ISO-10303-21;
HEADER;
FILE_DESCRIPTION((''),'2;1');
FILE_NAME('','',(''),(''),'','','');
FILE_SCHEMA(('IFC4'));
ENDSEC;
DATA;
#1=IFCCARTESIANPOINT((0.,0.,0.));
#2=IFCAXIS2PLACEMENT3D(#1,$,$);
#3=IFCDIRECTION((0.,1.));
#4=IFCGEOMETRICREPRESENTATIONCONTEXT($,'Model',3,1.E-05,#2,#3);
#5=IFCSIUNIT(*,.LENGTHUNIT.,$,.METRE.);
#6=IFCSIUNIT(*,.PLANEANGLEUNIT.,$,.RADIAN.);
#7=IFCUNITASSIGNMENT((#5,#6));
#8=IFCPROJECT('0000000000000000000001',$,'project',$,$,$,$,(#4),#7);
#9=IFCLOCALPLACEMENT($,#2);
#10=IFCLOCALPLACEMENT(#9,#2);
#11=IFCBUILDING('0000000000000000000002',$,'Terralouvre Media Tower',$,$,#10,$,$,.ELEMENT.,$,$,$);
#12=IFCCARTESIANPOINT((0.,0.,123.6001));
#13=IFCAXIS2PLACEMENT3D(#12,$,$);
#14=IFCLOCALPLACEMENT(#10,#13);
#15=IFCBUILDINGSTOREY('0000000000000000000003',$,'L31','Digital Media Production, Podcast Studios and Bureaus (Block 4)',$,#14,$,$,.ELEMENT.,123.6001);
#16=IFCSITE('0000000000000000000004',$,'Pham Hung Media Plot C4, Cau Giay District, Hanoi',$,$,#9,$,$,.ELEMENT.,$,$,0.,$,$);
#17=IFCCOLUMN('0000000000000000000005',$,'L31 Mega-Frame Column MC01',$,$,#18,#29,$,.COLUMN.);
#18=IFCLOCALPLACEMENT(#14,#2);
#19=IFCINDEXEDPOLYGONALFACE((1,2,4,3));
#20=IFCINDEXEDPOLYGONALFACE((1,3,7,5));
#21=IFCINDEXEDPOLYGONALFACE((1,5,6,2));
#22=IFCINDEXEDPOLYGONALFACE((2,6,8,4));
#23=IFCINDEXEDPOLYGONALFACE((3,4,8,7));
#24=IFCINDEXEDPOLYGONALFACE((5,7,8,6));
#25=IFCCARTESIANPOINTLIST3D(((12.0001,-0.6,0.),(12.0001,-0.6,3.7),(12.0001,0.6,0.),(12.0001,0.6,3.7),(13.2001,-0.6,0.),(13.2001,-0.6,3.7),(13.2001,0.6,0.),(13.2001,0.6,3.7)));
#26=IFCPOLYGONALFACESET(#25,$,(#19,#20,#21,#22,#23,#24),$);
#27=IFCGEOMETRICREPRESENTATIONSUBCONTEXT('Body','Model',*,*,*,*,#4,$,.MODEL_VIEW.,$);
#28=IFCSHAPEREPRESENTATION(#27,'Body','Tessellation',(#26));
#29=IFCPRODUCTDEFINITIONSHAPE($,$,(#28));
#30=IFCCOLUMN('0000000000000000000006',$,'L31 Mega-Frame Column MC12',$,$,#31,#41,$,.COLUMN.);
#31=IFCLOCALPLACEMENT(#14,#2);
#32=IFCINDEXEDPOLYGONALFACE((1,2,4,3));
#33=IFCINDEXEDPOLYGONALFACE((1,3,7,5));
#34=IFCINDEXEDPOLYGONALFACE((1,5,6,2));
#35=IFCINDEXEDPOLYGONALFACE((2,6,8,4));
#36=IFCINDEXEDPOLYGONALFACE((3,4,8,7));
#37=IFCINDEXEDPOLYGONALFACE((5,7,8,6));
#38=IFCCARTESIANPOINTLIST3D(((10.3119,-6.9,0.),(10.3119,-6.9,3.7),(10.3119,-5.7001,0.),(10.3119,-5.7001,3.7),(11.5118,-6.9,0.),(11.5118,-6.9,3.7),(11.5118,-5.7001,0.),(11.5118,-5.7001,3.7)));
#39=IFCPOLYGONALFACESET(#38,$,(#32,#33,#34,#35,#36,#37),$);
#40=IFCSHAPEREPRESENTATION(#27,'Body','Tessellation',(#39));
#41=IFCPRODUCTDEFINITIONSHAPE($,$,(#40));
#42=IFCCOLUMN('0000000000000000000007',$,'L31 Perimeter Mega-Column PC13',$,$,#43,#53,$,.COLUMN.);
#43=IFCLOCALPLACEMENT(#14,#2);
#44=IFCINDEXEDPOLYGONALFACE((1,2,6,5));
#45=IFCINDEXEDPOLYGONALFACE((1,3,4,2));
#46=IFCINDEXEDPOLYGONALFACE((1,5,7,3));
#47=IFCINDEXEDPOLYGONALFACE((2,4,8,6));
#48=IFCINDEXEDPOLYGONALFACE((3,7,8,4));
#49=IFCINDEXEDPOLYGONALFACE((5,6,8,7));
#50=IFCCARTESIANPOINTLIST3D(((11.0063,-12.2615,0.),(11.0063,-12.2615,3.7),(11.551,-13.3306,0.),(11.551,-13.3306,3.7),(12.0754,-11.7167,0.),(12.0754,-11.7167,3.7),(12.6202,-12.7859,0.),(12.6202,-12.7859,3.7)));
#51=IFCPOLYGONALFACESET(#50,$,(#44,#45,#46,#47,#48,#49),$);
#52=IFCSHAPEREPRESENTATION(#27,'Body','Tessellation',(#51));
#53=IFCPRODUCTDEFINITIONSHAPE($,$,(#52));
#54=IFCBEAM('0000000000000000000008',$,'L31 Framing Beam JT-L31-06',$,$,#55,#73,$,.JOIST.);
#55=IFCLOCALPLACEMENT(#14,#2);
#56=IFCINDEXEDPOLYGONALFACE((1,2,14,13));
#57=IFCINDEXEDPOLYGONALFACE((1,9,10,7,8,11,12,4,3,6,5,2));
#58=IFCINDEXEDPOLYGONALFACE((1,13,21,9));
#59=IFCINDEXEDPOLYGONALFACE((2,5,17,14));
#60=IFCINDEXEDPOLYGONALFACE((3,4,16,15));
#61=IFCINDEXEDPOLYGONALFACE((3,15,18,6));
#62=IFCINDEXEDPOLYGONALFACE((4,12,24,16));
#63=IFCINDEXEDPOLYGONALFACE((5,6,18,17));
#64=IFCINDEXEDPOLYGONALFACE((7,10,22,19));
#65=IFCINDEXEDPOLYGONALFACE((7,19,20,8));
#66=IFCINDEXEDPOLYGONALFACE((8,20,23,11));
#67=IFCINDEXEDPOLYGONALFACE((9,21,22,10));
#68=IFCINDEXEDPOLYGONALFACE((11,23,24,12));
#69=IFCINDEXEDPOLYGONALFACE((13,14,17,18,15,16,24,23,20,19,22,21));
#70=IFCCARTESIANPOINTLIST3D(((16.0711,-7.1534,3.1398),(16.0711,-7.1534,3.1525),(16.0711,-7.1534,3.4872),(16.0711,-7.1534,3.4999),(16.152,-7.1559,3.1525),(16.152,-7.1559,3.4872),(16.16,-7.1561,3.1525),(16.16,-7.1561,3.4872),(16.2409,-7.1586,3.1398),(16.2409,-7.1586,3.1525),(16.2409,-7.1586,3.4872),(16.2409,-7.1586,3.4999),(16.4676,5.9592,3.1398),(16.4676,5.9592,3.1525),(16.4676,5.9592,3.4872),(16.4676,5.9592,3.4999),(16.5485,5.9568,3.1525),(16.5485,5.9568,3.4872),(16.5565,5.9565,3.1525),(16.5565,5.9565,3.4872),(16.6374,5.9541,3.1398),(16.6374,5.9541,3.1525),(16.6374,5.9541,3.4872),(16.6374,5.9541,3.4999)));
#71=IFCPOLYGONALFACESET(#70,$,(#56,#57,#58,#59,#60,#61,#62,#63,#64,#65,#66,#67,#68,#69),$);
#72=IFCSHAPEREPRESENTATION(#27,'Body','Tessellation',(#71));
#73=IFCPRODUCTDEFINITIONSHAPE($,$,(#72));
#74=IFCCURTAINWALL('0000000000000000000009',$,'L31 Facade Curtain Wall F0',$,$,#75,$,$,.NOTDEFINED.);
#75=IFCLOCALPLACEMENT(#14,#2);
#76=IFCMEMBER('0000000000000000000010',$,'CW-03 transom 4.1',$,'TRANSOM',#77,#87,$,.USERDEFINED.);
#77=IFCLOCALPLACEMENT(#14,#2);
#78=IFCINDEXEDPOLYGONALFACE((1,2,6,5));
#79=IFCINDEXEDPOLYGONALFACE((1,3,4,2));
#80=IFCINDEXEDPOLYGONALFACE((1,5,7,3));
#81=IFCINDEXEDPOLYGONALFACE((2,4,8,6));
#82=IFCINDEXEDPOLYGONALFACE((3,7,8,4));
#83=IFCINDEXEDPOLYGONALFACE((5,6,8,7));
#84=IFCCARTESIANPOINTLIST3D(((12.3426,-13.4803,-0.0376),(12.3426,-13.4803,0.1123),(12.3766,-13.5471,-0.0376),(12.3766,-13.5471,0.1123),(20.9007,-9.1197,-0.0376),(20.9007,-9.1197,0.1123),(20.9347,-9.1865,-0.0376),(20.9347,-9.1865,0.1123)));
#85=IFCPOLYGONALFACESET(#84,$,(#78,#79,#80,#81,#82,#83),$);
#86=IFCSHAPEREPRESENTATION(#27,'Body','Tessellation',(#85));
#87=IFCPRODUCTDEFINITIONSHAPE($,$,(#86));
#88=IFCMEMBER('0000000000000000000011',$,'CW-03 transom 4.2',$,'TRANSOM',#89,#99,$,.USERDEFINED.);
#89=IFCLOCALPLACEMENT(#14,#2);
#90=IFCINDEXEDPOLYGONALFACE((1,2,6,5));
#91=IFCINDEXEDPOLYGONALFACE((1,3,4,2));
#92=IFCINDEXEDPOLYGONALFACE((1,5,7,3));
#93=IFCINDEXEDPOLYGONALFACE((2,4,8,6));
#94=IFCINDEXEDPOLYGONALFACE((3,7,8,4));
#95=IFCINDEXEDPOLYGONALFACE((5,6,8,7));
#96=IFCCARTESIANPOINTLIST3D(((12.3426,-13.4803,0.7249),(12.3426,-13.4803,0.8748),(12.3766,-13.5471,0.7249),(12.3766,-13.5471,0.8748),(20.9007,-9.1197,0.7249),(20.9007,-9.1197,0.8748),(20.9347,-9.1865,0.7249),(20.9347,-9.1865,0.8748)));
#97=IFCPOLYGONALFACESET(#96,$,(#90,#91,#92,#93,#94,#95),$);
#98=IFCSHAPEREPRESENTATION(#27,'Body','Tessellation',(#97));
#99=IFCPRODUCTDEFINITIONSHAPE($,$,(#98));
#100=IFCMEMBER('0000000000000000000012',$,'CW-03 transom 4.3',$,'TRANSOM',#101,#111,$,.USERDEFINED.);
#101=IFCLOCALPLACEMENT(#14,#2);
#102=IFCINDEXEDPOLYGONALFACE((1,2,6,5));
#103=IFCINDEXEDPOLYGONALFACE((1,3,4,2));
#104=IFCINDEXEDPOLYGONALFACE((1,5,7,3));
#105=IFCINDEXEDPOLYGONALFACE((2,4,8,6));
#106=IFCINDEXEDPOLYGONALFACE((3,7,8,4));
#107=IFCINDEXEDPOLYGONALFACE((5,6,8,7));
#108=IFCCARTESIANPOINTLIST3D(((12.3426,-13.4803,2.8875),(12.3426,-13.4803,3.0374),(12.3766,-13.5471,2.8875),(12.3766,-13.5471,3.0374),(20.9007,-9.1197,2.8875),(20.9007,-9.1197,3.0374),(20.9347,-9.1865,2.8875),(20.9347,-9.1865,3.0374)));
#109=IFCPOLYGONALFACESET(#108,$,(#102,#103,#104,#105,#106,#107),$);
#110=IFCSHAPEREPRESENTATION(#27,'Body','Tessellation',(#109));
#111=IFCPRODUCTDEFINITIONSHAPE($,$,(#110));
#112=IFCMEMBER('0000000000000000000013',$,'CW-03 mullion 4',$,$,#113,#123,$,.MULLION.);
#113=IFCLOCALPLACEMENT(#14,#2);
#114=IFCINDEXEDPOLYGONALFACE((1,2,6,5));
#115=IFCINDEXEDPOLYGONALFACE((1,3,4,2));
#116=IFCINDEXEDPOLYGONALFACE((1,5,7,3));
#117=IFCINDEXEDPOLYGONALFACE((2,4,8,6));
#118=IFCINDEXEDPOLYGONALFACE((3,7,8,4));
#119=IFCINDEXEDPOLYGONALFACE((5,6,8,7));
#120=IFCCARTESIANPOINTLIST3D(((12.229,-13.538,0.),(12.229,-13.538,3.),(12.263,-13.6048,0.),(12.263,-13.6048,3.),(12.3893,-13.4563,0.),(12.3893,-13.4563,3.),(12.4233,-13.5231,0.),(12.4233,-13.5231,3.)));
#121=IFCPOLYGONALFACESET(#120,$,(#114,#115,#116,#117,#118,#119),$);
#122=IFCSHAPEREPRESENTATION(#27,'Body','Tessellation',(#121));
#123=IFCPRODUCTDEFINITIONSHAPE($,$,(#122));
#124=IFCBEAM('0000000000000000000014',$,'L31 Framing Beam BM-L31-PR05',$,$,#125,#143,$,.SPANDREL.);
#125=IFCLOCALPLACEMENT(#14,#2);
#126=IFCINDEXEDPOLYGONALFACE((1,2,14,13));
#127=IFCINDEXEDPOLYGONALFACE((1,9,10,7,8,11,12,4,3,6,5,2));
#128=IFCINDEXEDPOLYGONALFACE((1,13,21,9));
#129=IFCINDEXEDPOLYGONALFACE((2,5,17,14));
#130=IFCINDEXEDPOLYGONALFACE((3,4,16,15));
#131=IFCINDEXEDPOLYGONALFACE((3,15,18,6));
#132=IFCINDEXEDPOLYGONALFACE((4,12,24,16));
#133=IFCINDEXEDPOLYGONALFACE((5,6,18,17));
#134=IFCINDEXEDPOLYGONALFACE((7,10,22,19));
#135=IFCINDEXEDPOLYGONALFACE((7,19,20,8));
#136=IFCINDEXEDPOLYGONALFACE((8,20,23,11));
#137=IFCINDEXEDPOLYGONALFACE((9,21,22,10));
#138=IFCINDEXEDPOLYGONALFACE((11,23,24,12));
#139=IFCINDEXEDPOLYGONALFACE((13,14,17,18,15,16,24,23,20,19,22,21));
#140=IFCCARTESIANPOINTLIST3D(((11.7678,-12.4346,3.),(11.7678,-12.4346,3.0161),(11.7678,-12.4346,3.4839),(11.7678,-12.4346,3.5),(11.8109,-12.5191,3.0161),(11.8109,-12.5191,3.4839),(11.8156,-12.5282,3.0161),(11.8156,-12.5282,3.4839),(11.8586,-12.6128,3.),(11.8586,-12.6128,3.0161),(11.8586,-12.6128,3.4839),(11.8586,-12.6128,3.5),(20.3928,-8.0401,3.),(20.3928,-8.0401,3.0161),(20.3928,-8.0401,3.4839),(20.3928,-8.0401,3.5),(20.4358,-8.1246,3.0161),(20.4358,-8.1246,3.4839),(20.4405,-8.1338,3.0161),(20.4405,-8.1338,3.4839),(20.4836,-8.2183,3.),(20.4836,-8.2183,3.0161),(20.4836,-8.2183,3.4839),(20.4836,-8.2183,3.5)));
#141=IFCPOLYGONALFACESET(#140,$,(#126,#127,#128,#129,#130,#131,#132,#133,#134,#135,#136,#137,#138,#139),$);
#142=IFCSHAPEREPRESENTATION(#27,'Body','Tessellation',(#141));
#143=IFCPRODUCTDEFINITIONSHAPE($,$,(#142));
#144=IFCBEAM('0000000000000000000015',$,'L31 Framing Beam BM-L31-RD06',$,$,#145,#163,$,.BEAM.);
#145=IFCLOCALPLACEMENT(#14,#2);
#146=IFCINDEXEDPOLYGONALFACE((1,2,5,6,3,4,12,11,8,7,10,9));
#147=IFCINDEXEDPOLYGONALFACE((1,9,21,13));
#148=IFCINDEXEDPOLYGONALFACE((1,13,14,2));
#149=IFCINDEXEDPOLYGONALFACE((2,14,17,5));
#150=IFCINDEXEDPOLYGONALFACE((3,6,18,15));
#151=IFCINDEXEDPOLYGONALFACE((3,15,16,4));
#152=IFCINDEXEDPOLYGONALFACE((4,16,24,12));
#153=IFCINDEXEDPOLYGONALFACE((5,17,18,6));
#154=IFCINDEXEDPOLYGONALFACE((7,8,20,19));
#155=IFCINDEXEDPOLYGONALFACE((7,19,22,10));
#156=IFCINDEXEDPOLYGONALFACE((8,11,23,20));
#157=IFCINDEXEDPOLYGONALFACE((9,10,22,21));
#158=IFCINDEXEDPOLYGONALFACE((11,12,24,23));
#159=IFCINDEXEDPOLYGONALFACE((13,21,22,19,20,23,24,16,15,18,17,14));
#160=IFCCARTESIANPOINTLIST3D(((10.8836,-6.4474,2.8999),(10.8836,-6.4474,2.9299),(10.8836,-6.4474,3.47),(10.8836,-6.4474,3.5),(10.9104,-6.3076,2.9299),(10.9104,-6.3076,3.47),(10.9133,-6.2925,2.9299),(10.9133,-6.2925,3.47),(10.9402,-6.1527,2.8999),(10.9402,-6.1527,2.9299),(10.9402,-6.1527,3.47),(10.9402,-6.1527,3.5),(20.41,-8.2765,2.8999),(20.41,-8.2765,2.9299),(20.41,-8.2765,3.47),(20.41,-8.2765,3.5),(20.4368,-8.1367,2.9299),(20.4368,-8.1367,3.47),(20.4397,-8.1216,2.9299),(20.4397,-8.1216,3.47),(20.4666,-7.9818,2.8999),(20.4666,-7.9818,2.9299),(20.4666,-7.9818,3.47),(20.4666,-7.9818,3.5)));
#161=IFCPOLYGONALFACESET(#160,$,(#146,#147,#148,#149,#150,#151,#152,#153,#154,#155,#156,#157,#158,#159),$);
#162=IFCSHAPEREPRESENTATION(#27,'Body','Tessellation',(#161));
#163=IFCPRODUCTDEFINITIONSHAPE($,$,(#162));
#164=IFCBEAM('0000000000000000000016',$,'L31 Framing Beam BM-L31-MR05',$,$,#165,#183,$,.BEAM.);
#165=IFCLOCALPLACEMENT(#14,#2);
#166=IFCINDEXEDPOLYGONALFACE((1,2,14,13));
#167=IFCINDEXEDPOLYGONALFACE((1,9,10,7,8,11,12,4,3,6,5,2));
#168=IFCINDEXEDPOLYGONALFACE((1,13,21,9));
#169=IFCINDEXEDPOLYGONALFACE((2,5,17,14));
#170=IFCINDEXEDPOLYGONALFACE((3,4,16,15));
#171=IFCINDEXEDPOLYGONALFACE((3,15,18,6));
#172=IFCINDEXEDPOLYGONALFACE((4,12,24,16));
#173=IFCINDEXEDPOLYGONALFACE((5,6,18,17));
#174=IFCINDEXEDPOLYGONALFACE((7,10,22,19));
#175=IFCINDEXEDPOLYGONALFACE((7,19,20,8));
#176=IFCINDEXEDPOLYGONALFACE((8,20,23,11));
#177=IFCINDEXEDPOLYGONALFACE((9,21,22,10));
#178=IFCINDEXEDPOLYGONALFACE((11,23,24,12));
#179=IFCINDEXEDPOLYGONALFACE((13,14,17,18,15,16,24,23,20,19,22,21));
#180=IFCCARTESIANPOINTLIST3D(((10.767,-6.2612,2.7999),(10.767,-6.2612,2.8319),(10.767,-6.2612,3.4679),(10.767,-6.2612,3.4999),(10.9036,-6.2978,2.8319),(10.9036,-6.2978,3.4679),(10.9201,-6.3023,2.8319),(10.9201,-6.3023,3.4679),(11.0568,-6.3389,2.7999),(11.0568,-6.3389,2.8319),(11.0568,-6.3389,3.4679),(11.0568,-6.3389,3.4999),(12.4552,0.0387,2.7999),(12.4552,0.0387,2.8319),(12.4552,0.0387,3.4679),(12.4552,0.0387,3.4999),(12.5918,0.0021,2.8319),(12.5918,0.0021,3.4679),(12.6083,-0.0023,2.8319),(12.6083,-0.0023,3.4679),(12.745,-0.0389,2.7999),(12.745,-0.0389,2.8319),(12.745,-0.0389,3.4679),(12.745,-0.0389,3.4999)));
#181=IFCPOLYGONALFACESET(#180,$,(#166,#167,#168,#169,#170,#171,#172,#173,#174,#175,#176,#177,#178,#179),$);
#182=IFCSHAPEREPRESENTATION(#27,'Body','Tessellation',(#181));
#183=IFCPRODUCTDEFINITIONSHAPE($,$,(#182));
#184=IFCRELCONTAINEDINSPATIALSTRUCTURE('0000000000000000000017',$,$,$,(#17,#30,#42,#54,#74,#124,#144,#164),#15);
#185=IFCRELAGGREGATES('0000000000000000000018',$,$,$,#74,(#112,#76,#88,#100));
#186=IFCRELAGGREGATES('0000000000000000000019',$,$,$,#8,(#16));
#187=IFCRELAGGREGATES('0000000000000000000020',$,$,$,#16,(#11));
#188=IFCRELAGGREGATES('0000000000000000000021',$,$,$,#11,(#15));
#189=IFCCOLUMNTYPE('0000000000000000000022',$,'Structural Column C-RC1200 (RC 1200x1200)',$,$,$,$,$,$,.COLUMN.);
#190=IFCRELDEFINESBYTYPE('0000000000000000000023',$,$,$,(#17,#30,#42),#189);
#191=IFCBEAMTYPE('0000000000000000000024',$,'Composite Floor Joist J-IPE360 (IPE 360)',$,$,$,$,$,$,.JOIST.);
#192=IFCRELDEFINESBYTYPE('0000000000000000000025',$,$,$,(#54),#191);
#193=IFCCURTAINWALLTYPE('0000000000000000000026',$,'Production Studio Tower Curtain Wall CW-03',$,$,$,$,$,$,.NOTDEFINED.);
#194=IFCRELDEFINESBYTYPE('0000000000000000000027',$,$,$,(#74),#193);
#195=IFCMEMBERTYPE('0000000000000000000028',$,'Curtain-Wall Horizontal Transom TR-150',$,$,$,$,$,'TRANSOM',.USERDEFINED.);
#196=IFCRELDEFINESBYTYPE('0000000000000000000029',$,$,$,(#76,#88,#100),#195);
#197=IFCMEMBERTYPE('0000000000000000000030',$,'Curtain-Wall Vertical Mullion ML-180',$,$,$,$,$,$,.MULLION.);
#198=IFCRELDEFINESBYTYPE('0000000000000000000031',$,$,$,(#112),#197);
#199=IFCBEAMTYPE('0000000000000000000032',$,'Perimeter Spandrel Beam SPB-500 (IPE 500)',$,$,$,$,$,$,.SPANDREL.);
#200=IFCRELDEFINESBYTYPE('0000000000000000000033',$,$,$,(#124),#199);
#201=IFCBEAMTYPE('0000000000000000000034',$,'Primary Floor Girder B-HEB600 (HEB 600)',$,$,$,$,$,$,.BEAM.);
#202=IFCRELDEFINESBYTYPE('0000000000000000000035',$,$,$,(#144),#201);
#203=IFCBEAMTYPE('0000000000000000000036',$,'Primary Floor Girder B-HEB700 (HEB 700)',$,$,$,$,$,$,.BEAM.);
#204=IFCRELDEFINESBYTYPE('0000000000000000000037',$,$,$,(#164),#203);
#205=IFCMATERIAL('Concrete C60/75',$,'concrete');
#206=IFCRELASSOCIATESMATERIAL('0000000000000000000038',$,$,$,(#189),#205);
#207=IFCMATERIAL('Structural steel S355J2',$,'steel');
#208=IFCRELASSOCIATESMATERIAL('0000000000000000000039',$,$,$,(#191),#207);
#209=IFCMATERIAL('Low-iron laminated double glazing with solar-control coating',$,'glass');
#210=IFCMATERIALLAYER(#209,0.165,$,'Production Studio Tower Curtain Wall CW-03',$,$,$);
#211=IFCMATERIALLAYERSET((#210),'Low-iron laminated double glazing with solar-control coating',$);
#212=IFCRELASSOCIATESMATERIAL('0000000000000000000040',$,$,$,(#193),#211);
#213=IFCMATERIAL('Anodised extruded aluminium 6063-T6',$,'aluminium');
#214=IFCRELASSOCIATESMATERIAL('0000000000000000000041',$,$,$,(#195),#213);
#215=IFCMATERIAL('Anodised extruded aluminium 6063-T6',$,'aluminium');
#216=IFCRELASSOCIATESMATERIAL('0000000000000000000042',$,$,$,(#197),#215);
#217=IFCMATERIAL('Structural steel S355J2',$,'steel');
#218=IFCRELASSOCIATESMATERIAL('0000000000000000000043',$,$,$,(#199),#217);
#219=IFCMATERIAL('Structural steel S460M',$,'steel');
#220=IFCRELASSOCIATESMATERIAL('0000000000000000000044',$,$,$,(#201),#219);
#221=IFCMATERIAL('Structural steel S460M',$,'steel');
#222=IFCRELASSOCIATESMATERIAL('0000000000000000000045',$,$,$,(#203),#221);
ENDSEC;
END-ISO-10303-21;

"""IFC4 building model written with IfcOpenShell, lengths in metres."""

from ifc_helpers import new_model, si_unit, direction, frame, origin, origin_2d, place, context, subcontext, project, spatial, rectangle, i_section, extrude, material, layer, layer_set, material_profile, profile_set, type_object, element, aggregate, save


model = new_model("IFC4")

# Units and contexts
model_context = context("Model", 3, precision=1e-05, world=origin(), true_north=direction((0.0, 1.0)))
body_context = subcontext(model_context, "Body", "Model", "MODEL_VIEW")
ifc_project = project(units=[si_unit("LENGTHUNIT", "METRE"), si_unit("PLANEANGLEUNIT", "RADIAN")], contexts=[model_context])

# Site, building, storey
site_placement = place(None, origin())
site = spatial("IfcSite", under=ifc_project, at=site_placement, Name="Pham Hung Media Plot C4, Cau Giay District, Hanoi", CompositionType="ELEMENT", RefElevation=0.0)
building_placement = place(site_placement, origin())
building = spatial("IfcBuilding", under=site, at=building_placement, Name="Terralouvre Media Tower", CompositionType="ELEMENT")
storey_placement = place(building_placement, frame((0.0, 0.0, 123.6001)))
storey = spatial("IfcBuildingStorey", under=building, at=storey_placement, Name="L31", Description="Digital Media Production, Podcast Studios and Bureaus (Block 4)", CompositionType="ELEMENT", Elevation=123.6001)

# Columns
ifc_material_1 = material(Name="Concrete C60/75", Category="concrete")
ifc_material_profile_1 = material_profile(ifc_material_1, rectangle(XDim=1.2, YDim=1.2, at=origin_2d()), Name="RC 1200x1200")
ifc_profile_set_1 = profile_set([ifc_material_profile_1], Name="Concrete C60/75")
column_type = type_object("IfcColumnType", Name="Structural Column C-RC1200 (RC 1200x1200)", PredefinedType="COLUMN", material=ifc_profile_set_1)
for number, where, z_axis, x_axis, name in (
    (1, (12.6001, 0.0, 0.0), (0.0, 0.0, 1.0), (1.0, 0.0, 0.0), "L31 Mega-Frame Column MC01"),
    (2, (10.9119, -6.3, 0.0), (0.0, 0.0, 1.0), (1.0, 0.0, 0.0), "L31 Mega-Frame Column MC12"),
    (3, (11.8132, -12.5237, 0.0), (0.0, 0.0, 1.0), (0.891007, 0.45399, 0.0), "L31 Perimeter Mega-Column PC13"),
):
    element("IfcColumn", number, at=place(storey_placement, frame(where, z_axis=z_axis, x_axis=x_axis)), inside=storey, type_object=column_type, Name=name, PredefinedType="COLUMN", context=body_context, shape_type="SweptSolid", body=[
        extrude(rectangle(XDim=1.2, YDim=1.2, at=origin_2d()), origin(), (0.0, 0.0, 1.0), 3.7),
    ])

# Beam
ifc_material_2 = material(Name="Structural steel S355J2", Category="steel")
ifc_material_profile_2 = material_profile(ifc_material_2, i_section(OverallWidth=0.1699, OverallDepth=0.3601, WebThickness=0.0081, FlangeThickness=0.0127, at=origin_2d()), Name="IPE 360")
ifc_profile_set_2 = profile_set([ifc_material_profile_2], Name="Structural steel S355J2")
beam_type_1 = type_object("IfcBeamType", Name="Composite Floor Joist J-IPE360 (IPE 360)", PredefinedType="JOIST", material=ifc_profile_set_2)
beam_1_placement = place(storey_placement, frame((16.156, -7.156, 3.3198), z_axis=(0.030223, 0.999543, 0.0), x_axis=(-0.999543, 0.030223, 0.0)))
element("IfcBeam", 4, at=beam_1_placement, inside=storey, type_object=beam_type_1, Name="L31 Framing Beam JT-L31-06", PredefinedType="JOIST", context=body_context, shape_type="SweptSolid", body=[
    extrude(i_section(OverallWidth=0.1699, OverallDepth=0.3601, WebThickness=0.0081, FlangeThickness=0.0127, at=origin_2d()), origin(), (0.0, 0.0, 1.0), 13.1187),
])

# Curtain wall, members
ifc_material_3 = material(Name="Low-iron laminated double glazing with solar-control coating", Category="glass")
ifc_layer_1 = layer(ifc_material_3, 0.165, Name="Production Studio Tower Curtain Wall CW-03")
ifc_layer_set_1 = layer_set([ifc_layer_1], Name="Low-iron laminated double glazing with solar-control coating")
curtain_wall_type = type_object("IfcCurtainWallType", Name="Production Studio Tower Curtain Wall CW-03", PredefinedType="NOTDEFINED", material=ifc_layer_set_1)
curtain_wall_placement = place(storey_placement, origin())
curtain_wall = element("IfcCurtainWall", 5, at=curtain_wall_placement, inside=storey, type_object=curtain_wall_type, Name="L31 Facade Curtain Wall F0", PredefinedType="NOTDEFINED")
ifc_material_4 = material(Name="Anodised extruded aluminium 6063-T6", Category="aluminium")
ifc_material_profile_3 = material_profile(ifc_material_4, rectangle(XDim=0.075, YDim=0.1499, at=origin_2d()), Name="ALU 75x150")
ifc_profile_set_3 = profile_set([ifc_material_profile_3], Name="Anodised extruded aluminium 6063-T6")
member_type_1 = type_object("IfcMemberType", Name="Curtain-Wall Horizontal Transom TR-150", ElementType="TRANSOM", PredefinedType="USERDEFINED", material=ifc_profile_set_3)
member_1_placement = place(storey_placement, frame((12.3596, -13.5137, 0.0374), z_axis=(0.891006, 0.453992, 0.0), x_axis=(-0.453992, 0.891006, 0.0)))
member_1 = element("IfcMember", 6, at=member_1_placement, type_object=member_type_1, Name="CW-03 transom 4.1", ObjectType="TRANSOM", PredefinedType="USERDEFINED", context=body_context, shape_type="SweptSolid", body=[
    extrude(rectangle(XDim=0.075, YDim=0.1499, at=origin_2d()), origin(), (0.0, 0.0, 1.0), 9.605),
])
member_2_placement = place(storey_placement, frame((12.3596, -13.5137, 0.7998), z_axis=(0.891006, 0.453992, 0.0), x_axis=(-0.453992, 0.891006, 0.0)))
member_2 = element("IfcMember", 7, at=member_2_placement, type_object=member_type_1, Name="CW-03 transom 4.2", ObjectType="TRANSOM", PredefinedType="USERDEFINED", context=body_context, shape_type="SweptSolid", body=[
    extrude(rectangle(XDim=0.075, YDim=0.1499, at=origin_2d()), origin(), (0.0, 0.0, 1.0), 9.605),
])
member_3_placement = place(storey_placement, frame((12.3596, -13.5137, 2.9624), z_axis=(0.891006, 0.453992, 0.0), x_axis=(-0.453992, 0.891006, 0.0)))
member_3 = element("IfcMember", 8, at=member_3_placement, type_object=member_type_1, Name="CW-03 transom 4.3", ObjectType="TRANSOM", PredefinedType="USERDEFINED", context=body_context, shape_type="SweptSolid", body=[
    extrude(rectangle(XDim=0.075, YDim=0.1499, at=origin_2d()), origin(), (0.0, 0.0, 1.0), 9.605),
])
ifc_material_5 = material(Name="Anodised extruded aluminium 6063-T6", Category="aluminium")
ifc_material_profile_4 = material_profile(ifc_material_5, rectangle(XDim=0.075, YDim=0.1799, at=origin_2d()), Name="ALU 75x180")
ifc_profile_set_4 = profile_set([ifc_material_profile_4], Name="Anodised extruded aluminium 6063-T6")
member_type_2 = type_object("IfcMemberType", Name="Curtain-Wall Vertical Mullion ML-180", PredefinedType="MULLION", material=ifc_profile_set_4)
member_4_placement = place(storey_placement, frame((12.3262, -13.5305, 0.0), z_axis=(0.0, 0.0, 1.0), x_axis=(-0.453991, 0.891007, 0.0)))
member_4 = element("IfcMember", 9, at=member_4_placement, type_object=member_type_2, Name="CW-03 mullion 4", PredefinedType="MULLION", context=body_context, shape_type="SweptSolid", body=[
    extrude(rectangle(XDim=0.075, YDim=0.1799, at=origin_2d()), origin(), (0.0, 0.0, 1.0), 3.0),
])

# Beams
ifc_material_6 = material(Name="Structural steel S355J2", Category="steel")
ifc_material_profile_5 = material_profile(ifc_material_6, i_section(OverallWidth=0.2, OverallDepth=0.5, WebThickness=0.0103, FlangeThickness=0.0161, at=origin_2d()), Name="IPE 500")
ifc_profile_set_5 = profile_set([ifc_material_profile_5], Name="Structural steel S355J2")
beam_type_2 = type_object("IfcBeamType", Name="Perimeter Spandrel Beam SPB-500 (IPE 500)", PredefinedType="SPANDREL", material=ifc_profile_set_5)
beam_2_placement = place(storey_placement, frame((11.8132, -12.5237, 3.25), z_axis=(0.891012, 0.45398, 0.0), x_axis=(-0.45398, 0.891012, 0.0)))
element("IfcBeam", 10, at=beam_2_placement, inside=storey, type_object=beam_type_2, Name="L31 Framing Beam BM-L31-PR05", PredefinedType="SPANDREL", context=body_context, shape_type="SweptSolid", body=[
    extrude(i_section(OverallWidth=0.2, OverallDepth=0.5, WebThickness=0.0103, FlangeThickness=0.0161, at=origin_2d()), origin(), (0.0, 0.0, 1.0), 9.6799),
])
ifc_material_7 = material(Name="Structural steel S460M", Category="steel")
ifc_material_profile_6 = material_profile(ifc_material_7, i_section(OverallWidth=0.3, OverallDepth=0.6001, WebThickness=0.0154, FlangeThickness=0.03, at=origin_2d()), Name="HEB 600")
ifc_profile_set_6 = profile_set([ifc_material_profile_6], Name="Structural steel S460M")
beam_type_3 = type_object("IfcBeamType", Name="Primary Floor Girder B-HEB600 (HEB 600)", PredefinedType="BEAM", material=ifc_profile_set_6)
beam_3_placement = place(storey_placement, frame((10.9119, -6.3, 3.2), z_axis=(0.982062, -0.18856, 0.0), x_axis=(0.18856, 0.982062, 0.0)))
element("IfcBeam", 11, at=beam_3_placement, inside=storey, type_object=beam_type_3, Name="L31 Framing Beam BM-L31-RD06", PredefinedType="BEAM", context=body_context, shape_type="SweptSolid", body=[
    extrude(i_section(OverallWidth=0.3, OverallDepth=0.6001, WebThickness=0.0154, FlangeThickness=0.03, at=origin_2d()), origin(), (0.0, 0.0, 1.0), 9.7004),
])
ifc_material_8 = material(Name="Structural steel S460M", Category="steel")
ifc_material_profile_7 = material_profile(ifc_material_8, i_section(OverallWidth=0.3, OverallDepth=0.7, WebThickness=0.0171, FlangeThickness=0.032, at=origin_2d()), Name="HEB 700")
ifc_profile_set_7 = profile_set([ifc_material_profile_7], Name="Structural steel S460M")
beam_type_4 = type_object("IfcBeamType", Name="Primary Floor Girder B-HEB700 (HEB 700)", PredefinedType="BEAM", material=ifc_profile_set_7)
beam_4_placement = place(storey_placement, frame((10.9119, -6.3, 3.1499), z_axis=(0.258839, 0.96592, 0.0), x_axis=(-0.96592, 0.258839, 0.0)))
element("IfcBeam", 12, at=beam_4_placement, inside=storey, type_object=beam_type_4, Name="L31 Framing Beam BM-L31-MR05", PredefinedType="BEAM", context=body_context, shape_type="SweptSolid", body=[
    extrude(i_section(OverallWidth=0.3, OverallDepth=0.7, WebThickness=0.0171, FlangeThickness=0.032, at=origin_2d()), origin(), (0.0, 0.0, 1.0), 6.5222),
])

aggregate(curtain_wall, [member_4, member_1, member_2, member_3])

save(model, "model.ifc")
